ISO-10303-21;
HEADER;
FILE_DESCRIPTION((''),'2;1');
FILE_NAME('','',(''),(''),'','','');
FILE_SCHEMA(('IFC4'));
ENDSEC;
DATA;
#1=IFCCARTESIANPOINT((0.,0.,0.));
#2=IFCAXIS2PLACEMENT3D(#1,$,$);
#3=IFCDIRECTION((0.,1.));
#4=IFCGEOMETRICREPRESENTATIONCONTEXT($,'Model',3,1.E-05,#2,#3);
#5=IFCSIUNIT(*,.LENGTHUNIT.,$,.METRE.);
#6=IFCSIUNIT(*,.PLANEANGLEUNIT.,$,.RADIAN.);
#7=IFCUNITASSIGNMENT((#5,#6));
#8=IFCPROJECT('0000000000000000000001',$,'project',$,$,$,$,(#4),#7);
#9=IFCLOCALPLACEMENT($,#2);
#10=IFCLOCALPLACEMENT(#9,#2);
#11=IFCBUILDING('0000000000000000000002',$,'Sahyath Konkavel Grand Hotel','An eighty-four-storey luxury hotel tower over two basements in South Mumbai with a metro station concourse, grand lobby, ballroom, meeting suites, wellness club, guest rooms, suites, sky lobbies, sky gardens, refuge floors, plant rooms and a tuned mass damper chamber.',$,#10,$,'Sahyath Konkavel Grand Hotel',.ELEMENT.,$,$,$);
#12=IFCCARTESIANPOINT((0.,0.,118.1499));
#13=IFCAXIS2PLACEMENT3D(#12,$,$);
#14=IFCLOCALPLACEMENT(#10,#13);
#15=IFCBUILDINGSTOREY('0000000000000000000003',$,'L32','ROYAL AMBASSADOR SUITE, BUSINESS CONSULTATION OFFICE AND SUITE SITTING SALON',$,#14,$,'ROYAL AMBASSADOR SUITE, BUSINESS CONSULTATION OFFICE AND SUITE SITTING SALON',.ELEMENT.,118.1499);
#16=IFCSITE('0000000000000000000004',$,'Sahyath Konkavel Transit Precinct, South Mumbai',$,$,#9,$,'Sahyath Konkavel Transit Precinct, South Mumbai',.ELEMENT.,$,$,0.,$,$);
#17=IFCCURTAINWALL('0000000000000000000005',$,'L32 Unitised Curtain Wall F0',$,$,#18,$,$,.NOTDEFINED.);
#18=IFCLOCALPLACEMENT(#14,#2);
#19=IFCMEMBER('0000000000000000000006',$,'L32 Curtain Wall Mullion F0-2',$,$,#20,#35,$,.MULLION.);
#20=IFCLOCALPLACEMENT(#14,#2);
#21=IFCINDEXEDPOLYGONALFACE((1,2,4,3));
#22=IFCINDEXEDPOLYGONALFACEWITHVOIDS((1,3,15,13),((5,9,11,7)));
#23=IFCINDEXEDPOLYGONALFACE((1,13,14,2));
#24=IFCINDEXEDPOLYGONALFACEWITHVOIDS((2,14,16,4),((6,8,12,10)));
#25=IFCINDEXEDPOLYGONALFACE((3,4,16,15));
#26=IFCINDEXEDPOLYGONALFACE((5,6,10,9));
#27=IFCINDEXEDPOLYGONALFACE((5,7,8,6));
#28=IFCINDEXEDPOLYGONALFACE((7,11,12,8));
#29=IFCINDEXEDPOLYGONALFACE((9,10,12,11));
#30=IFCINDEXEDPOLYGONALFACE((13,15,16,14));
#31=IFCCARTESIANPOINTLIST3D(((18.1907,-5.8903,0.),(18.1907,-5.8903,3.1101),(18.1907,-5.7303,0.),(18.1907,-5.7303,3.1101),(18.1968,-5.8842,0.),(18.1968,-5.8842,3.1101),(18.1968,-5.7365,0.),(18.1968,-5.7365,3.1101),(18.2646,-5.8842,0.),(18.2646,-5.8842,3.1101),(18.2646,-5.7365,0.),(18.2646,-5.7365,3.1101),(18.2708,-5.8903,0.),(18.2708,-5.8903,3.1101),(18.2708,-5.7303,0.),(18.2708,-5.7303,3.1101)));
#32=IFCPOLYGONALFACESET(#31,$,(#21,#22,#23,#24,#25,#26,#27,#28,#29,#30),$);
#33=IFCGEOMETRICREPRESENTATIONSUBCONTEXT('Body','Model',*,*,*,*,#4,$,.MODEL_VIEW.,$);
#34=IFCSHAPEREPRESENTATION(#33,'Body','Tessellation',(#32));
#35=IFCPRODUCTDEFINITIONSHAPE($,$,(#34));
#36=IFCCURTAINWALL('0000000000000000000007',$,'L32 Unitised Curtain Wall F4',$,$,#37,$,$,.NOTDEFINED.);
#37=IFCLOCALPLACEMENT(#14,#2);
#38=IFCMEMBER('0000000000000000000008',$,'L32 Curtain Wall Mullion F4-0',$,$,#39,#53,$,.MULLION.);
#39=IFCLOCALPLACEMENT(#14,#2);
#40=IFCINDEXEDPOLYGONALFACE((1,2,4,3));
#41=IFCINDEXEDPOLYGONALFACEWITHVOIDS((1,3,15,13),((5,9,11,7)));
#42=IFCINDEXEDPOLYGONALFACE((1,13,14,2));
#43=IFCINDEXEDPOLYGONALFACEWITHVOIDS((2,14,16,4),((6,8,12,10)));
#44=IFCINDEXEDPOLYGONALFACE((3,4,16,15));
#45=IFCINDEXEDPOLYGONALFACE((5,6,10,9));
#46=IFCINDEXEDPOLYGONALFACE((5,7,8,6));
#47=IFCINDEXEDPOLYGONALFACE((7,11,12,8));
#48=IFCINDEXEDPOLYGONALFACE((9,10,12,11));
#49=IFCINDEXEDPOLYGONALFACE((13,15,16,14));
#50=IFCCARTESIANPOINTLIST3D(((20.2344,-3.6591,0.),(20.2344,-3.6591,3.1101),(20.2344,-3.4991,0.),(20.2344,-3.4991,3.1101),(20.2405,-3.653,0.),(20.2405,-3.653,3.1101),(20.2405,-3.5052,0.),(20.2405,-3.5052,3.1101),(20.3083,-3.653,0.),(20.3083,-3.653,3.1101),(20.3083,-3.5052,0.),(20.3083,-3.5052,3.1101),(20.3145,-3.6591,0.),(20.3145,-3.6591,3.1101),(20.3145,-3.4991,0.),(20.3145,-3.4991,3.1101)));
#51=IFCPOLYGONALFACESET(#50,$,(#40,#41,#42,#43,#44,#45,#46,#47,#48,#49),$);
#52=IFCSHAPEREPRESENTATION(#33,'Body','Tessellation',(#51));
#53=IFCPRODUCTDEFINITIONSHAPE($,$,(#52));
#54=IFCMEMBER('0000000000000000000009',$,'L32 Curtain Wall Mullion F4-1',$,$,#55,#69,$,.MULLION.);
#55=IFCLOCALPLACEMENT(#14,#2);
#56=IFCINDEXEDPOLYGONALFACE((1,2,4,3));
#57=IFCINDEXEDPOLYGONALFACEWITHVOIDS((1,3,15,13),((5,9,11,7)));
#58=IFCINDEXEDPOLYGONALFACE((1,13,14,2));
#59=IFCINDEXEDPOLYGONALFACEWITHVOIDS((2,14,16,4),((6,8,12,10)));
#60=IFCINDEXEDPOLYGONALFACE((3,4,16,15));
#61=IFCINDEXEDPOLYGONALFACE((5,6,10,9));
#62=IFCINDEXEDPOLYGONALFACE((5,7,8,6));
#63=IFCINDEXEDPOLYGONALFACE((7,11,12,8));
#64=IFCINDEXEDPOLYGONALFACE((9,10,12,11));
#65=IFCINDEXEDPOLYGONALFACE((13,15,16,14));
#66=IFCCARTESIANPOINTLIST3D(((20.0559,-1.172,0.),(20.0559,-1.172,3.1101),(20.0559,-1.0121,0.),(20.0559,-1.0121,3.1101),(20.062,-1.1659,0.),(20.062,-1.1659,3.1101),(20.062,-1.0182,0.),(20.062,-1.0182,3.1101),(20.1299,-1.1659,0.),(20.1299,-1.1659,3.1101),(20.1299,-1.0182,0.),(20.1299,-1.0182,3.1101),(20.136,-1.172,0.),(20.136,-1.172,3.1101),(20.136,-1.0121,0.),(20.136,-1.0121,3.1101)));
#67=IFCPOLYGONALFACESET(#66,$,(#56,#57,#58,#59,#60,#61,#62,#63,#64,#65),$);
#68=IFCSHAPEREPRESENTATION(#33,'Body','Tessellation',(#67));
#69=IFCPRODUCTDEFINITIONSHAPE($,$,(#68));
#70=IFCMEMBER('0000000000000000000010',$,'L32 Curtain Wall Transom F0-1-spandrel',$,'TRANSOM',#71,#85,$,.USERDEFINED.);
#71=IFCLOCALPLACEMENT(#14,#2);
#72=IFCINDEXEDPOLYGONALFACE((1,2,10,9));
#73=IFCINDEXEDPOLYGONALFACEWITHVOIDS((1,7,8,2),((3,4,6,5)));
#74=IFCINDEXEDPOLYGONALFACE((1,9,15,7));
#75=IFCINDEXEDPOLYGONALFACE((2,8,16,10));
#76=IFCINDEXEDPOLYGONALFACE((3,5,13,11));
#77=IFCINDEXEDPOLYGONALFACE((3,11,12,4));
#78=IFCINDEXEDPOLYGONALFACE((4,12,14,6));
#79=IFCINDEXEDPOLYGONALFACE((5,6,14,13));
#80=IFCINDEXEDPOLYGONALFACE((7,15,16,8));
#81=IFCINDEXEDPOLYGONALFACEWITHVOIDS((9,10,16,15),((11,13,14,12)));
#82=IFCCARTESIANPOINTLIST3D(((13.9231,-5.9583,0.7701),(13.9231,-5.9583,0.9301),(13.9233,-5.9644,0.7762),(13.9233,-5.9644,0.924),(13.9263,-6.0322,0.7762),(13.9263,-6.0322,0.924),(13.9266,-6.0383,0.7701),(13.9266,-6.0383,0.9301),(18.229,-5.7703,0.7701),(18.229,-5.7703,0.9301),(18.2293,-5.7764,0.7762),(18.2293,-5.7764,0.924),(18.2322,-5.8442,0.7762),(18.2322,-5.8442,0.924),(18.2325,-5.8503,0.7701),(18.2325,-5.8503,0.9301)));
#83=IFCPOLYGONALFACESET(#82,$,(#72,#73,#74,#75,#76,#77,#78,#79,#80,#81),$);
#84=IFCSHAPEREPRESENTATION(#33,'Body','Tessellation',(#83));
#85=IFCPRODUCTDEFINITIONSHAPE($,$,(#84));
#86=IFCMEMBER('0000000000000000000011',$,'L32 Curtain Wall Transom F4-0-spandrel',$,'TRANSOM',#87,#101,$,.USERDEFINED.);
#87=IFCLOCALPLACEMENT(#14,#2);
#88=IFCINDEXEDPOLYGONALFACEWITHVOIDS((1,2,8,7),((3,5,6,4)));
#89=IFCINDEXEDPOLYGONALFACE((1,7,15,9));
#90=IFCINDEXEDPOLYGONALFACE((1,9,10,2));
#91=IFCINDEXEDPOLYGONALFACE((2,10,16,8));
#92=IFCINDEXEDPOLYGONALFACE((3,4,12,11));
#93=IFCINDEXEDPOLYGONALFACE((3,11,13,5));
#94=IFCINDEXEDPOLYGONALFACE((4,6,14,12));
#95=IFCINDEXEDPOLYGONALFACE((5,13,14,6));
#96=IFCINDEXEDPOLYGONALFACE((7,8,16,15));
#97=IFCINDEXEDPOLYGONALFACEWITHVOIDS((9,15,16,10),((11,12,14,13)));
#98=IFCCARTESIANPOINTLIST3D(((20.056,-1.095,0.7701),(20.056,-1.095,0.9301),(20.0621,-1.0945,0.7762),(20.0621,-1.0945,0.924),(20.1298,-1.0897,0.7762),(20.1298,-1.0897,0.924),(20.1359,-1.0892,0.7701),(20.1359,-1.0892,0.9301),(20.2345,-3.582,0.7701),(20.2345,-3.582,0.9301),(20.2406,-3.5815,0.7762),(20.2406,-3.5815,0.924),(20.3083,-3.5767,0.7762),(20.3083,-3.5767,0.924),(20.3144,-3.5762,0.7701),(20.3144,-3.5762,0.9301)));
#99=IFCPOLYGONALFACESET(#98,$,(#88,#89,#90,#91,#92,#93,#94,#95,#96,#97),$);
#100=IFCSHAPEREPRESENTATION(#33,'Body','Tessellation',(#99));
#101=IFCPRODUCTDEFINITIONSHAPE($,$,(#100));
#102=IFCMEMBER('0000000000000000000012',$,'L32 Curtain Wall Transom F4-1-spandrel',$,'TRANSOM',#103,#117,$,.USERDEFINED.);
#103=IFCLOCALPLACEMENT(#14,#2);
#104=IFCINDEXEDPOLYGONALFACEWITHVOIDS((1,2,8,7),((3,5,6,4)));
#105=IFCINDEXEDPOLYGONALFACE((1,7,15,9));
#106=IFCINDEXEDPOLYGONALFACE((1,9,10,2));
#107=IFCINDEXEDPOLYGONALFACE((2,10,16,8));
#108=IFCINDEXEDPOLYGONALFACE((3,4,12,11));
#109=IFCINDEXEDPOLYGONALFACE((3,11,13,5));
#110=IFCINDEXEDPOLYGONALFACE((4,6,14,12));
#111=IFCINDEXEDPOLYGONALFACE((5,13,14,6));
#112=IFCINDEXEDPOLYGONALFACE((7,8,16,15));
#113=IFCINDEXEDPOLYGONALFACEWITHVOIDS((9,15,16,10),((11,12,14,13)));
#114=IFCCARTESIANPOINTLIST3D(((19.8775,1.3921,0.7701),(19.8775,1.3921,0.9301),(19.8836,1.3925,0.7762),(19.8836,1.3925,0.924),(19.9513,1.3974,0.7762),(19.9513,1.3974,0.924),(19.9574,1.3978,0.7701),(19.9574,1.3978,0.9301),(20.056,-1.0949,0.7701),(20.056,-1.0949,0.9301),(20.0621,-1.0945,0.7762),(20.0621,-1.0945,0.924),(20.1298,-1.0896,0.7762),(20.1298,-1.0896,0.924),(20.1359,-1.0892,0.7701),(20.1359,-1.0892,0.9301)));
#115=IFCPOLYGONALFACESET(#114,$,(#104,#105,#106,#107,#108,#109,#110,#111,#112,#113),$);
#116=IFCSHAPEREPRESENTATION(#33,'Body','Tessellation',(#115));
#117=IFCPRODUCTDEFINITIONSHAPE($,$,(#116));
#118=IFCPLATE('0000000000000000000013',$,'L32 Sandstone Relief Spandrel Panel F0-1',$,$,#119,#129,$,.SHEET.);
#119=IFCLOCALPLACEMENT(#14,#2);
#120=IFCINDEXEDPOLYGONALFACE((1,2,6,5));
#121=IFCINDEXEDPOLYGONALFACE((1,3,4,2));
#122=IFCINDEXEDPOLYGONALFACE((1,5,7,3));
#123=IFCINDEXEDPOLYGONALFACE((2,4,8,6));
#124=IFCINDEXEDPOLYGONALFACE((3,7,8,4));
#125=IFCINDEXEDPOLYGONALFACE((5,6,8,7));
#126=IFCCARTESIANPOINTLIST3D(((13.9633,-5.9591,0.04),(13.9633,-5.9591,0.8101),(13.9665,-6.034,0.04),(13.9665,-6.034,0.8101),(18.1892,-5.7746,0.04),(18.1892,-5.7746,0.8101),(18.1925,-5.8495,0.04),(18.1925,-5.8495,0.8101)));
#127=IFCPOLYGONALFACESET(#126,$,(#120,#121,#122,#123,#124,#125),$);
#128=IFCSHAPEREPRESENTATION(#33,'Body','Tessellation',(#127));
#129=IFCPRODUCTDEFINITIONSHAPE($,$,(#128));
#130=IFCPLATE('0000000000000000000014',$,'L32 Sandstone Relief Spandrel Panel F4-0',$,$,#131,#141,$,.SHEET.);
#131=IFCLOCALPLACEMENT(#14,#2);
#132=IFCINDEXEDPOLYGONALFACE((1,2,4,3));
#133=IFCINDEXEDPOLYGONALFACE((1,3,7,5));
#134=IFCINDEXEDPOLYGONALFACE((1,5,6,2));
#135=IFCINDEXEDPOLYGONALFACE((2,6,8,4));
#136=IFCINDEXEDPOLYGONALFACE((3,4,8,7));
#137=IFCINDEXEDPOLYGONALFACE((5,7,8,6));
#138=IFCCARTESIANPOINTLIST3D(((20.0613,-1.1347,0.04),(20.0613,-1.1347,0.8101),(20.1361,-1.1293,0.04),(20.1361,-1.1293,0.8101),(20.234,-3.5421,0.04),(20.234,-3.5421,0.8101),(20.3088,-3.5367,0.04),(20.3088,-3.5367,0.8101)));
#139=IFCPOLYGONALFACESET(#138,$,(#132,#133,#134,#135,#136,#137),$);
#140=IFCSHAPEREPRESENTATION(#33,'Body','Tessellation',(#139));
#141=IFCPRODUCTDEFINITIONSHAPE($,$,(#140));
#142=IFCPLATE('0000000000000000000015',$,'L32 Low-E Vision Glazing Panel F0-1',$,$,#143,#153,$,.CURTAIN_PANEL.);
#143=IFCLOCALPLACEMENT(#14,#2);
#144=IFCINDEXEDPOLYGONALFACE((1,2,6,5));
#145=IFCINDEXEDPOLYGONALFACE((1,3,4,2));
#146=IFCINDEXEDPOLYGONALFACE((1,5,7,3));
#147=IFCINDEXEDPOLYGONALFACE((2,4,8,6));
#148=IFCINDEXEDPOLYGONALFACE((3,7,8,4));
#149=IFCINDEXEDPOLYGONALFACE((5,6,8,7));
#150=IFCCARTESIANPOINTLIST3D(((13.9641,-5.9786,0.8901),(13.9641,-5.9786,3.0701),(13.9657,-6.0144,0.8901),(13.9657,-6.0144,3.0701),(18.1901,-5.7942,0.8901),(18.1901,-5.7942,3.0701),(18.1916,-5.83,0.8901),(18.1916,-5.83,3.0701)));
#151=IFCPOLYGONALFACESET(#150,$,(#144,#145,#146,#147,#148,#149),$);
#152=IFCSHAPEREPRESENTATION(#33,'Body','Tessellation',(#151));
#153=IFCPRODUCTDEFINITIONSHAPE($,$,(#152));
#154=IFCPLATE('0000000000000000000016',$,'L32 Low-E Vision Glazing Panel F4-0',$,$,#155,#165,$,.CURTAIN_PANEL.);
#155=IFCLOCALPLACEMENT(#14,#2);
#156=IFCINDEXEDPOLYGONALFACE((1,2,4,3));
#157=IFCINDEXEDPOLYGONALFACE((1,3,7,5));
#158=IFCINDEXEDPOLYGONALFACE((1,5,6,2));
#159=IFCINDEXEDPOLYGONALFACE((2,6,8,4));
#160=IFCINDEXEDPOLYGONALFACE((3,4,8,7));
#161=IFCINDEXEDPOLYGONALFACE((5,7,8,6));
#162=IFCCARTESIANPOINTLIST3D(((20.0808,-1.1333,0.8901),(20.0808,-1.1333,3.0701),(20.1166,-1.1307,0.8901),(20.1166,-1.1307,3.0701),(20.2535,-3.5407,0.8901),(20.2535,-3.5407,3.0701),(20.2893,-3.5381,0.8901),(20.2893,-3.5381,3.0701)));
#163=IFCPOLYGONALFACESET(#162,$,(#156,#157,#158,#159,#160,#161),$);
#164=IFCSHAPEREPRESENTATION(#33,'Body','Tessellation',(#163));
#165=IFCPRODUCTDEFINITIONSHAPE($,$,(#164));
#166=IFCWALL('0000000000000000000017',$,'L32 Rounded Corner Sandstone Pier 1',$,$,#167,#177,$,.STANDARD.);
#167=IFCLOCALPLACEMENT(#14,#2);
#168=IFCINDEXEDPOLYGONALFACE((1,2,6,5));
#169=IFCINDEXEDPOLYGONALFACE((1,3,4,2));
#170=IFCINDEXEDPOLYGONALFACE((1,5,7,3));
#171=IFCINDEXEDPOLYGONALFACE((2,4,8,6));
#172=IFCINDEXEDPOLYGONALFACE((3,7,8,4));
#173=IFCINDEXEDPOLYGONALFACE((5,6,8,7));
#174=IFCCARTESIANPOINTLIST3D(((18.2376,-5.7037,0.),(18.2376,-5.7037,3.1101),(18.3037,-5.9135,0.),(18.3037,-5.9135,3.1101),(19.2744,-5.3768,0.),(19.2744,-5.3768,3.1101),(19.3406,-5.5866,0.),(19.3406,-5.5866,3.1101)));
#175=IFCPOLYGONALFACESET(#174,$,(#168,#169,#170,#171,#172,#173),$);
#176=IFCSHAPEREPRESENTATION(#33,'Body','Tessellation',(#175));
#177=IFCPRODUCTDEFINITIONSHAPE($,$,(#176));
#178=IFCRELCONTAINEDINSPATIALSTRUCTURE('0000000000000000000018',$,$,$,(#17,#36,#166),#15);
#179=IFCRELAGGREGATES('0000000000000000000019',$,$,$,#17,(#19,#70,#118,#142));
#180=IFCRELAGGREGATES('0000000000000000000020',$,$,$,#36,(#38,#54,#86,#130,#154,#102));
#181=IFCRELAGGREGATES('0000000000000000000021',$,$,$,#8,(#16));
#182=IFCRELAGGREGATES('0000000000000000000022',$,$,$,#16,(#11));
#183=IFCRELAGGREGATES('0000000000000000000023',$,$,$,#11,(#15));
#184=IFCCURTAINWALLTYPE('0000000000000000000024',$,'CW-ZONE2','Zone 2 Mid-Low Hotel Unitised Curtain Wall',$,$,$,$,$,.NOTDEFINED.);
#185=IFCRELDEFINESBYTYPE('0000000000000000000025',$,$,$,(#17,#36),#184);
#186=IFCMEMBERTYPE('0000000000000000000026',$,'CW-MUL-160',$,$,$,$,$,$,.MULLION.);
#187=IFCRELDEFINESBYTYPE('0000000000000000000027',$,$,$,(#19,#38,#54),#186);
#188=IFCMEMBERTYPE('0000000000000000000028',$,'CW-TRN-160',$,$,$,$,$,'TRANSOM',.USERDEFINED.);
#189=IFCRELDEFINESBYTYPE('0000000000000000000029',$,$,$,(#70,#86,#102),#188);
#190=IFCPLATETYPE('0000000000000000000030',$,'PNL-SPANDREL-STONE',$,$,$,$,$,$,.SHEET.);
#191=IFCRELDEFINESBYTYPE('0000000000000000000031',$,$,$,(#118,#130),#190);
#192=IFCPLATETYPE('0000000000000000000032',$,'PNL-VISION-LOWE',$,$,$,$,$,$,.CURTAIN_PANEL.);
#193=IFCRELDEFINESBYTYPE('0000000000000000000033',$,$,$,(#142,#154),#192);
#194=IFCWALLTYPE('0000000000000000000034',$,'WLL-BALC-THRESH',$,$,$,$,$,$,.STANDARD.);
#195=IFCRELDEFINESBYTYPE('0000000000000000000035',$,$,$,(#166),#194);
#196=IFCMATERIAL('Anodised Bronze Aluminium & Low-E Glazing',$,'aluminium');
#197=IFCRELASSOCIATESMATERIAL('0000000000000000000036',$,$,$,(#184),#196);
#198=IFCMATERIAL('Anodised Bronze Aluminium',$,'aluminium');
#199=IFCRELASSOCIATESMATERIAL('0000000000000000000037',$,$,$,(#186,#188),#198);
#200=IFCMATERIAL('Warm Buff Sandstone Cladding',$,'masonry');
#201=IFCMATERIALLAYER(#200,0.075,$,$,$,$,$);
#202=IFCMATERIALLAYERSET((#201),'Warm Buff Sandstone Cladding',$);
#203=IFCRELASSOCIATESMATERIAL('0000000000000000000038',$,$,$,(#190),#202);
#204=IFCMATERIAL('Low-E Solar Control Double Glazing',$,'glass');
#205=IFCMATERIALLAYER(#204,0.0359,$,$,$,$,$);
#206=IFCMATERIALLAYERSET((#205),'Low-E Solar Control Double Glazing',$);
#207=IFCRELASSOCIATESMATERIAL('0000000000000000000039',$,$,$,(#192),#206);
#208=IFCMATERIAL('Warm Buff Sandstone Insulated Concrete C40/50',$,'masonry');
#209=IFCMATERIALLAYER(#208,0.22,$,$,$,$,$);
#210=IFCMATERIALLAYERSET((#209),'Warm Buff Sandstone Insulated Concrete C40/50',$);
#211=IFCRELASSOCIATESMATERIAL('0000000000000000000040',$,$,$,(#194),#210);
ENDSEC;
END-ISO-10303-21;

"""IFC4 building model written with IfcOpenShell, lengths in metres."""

from ifc_helpers import new_model, si_unit, direction, frame, frame_2d, origin, origin_2d, place, context, subcontext, project, spatial, rectangle, hollow_rectangle, extrude, source, transform, mapped, material, layer, layer_set, material_profile, profile_set, type_object, element, aggregate, save


model = new_model("IFC4")

# Units and contexts
model_context = context("Model", 3, precision=1e-05, world=origin(), true_north=direction((0.0, 1.0)))
body_context = subcontext(model_context, "Body", "Model", "MODEL_VIEW")
ifc_project = project(units=[si_unit("LENGTHUNIT", "METRE"), si_unit("PLANEANGLEUNIT", "RADIAN")], contexts=[model_context])

# Site, building, storey
site_placement = place(None, origin())
site = spatial("IfcSite", under=ifc_project, at=site_placement, Name="Sahyath Konkavel Transit Precinct, South Mumbai", LongName="Sahyath Konkavel Transit Precinct, South Mumbai", CompositionType="ELEMENT", RefElevation=0.0)
building_placement = place(site_placement, origin())
building = spatial("IfcBuilding", under=site, at=building_placement, Name="Sahyath Konkavel Grand Hotel", Description="An eighty-four-storey luxury hotel tower over two basements in South Mumbai with a metro station concourse, grand lobby, ballroom, meeting suites, wellness club, guest rooms, suites, sky lobbies, sky gardens, refuge floors, plant rooms and a tuned mass damper chamber.", LongName="Sahyath Konkavel Grand Hotel", CompositionType="ELEMENT")
storey_placement = place(building_placement, frame((0.0, 0.0, 118.1499)))
storey = spatial("IfcBuildingStorey", under=building, at=storey_placement, Name="L32", Description="ROYAL AMBASSADOR SUITE, BUSINESS CONSULTATION OFFICE AND SUITE SITTING SALON", LongName="ROYAL AMBASSADOR SUITE, BUSINESS CONSULTATION OFFICE AND SUITE SITTING SALON", CompositionType="ELEMENT", Elevation=118.1499)

# Curtain walls, members
ifc_material_1 = material(Name="Anodised Bronze Aluminium & Low-E Glazing", Category="aluminium")
curtain_wall_type = type_object("IfcCurtainWallType", Name="CW-ZONE2", Description="Zone 2 Mid-Low Hotel Unitised Curtain Wall", PredefinedType="NOTDEFINED", material=ifc_material_1)
curtain_wall_1_placement = place(storey_placement, origin())
curtain_wall_1 = element("IfcCurtainWall", 1, at=curtain_wall_1_placement, inside=storey, type_object=curtain_wall_type, Name="L32 Unitised Curtain Wall F0", PredefinedType="NOTDEFINED")
ifc_material_2 = material(Name="Anodised Bronze Aluminium", Category="aluminium")
ifc_material_profile_1 = material_profile(ifc_material_2, hollow_rectangle(XDim=0.0801, YDim=0.1599, WallThickness=0.0061, at=origin_2d()), Name="RHS 160x80x6")
ifc_profile_set_1 = profile_set([ifc_material_profile_1], Name="Anodised Bronze Aluminium")
member_type_1 = type_object("IfcMemberType", Name="CW-MUL-160", PredefinedType="MULLION", material=ifc_profile_set_1)
shared_shape_1 = source(origin(), body_context, "Body", "SweptSolid", [
    extrude(hollow_rectangle(XDim=0.0801, YDim=0.1599, WallThickness=0.0061, at=origin_2d()), origin(), (0.0, 0.0, 1.0), 3.1101),
])
member_1_placement = place(storey_placement, frame((18.2307, -5.8103, 0.0), z_axis=(0.0, 0.0, 1.0), x_axis=(1.0, 0.0, 0.0)))
member_1 = element("IfcMember", 2, at=member_1_placement, type_object=member_type_1, Name="L32 Curtain Wall Mullion F0-2", PredefinedType="MULLION", context=body_context, shape_type="MappedRepresentation", body=[
    mapped(shared_shape_1, transform((0.0, 0.0, 0.0), scale=1.0)),
])
curtain_wall_2_placement = place(storey_placement, origin())
curtain_wall_2 = element("IfcCurtainWall", 3, at=curtain_wall_2_placement, inside=storey, type_object=curtain_wall_type, Name="L32 Unitised Curtain Wall F4", PredefinedType="NOTDEFINED")
member_2_placement = place(storey_placement, frame((20.2744, -3.5791, 0.0), z_axis=(0.0, 0.0, 1.0), x_axis=(1.0, 0.0, 0.0)))
member_2 = element("IfcMember", 4, at=member_2_placement, type_object=member_type_1, Name="L32 Curtain Wall Mullion F4-0", PredefinedType="MULLION", context=body_context, shape_type="MappedRepresentation", body=[
    mapped(shared_shape_1, transform((0.0, 0.0, 0.0), scale=1.0)),
])
member_3_placement = place(storey_placement, frame((20.0959, -1.092, 0.0), z_axis=(0.0, 0.0, 1.0), x_axis=(1.0, 0.0, 0.0)))
member_3 = element("IfcMember", 5, at=member_3_placement, type_object=member_type_1, Name="L32 Curtain Wall Mullion F4-1", PredefinedType="MULLION", context=body_context, shape_type="MappedRepresentation", body=[
    mapped(shared_shape_1, transform((0.0, 0.0, 0.0), scale=1.0)),
])

# Members
ifc_material_profile_2 = material_profile(ifc_material_2, hollow_rectangle(XDim=0.0801, YDim=0.1599, WallThickness=0.0061, at=origin_2d()), Name="RHS 160x80x6")
ifc_profile_set_2 = profile_set([ifc_material_profile_2], Name="Anodised Bronze Aluminium")
member_type_2 = type_object("IfcMemberType", Name="CW-TRN-160", ElementType="TRANSOM", PredefinedType="USERDEFINED", material=ifc_profile_set_2)
shared_shape_2 = source(origin(), body_context, "Body", "SweptSolid", [
    extrude(hollow_rectangle(XDim=0.0801, YDim=0.1599, WallThickness=0.0061, at=origin_2d()), origin(), (0.0, 0.0, 1.0), 4.3101),
])
member_4_placement = place(storey_placement, frame((13.9248, -5.9983, 0.8501), z_axis=(0.999048, 0.043617, 0.0), x_axis=(-0.043617, 0.999048, 0.0)))
member_4 = element("IfcMember", 6, at=member_4_placement, type_object=member_type_2, Name="L32 Curtain Wall Transom F0-1-spandrel", ObjectType="TRANSOM", PredefinedType="USERDEFINED", context=body_context, shape_type="MappedRepresentation", body=[
    mapped(shared_shape_2, transform((0.0, 0.0, 0.0), scale=1.0)),
])
shared_shape_3 = source(origin(), body_context, "Body", "SweptSolid", [
    extrude(hollow_rectangle(XDim=0.0801, YDim=0.1599, WallThickness=0.0061, at=origin_2d()), origin(), (0.0, 0.0, 1.0), 2.4934),
])
member_5_placement = place(storey_placement, frame((20.2744, -3.5791, 0.8501), z_axis=(-0.071574, 0.997435, 0.0), x_axis=(-0.997435, -0.071574, 0.0)))
member_5 = element("IfcMember", 7, at=member_5_placement, type_object=member_type_2, Name="L32 Curtain Wall Transom F4-0-spandrel", ObjectType="TRANSOM", PredefinedType="USERDEFINED", context=body_context, shape_type="MappedRepresentation", body=[
    mapped(shared_shape_3, transform((0.0, 0.0, 0.0), scale=1.0)),
])
member_6_placement = place(storey_placement, frame((20.0959, -1.092, 0.8501), z_axis=(-0.071574, 0.997435, 0.0), x_axis=(-0.997435, -0.071574, 0.0)))
member_6 = element("IfcMember", 8, at=member_6_placement, type_object=member_type_2, Name="L32 Curtain Wall Transom F4-1-spandrel", ObjectType="TRANSOM", PredefinedType="USERDEFINED", context=body_context, shape_type="MappedRepresentation", body=[
    mapped(shared_shape_3, transform((0.0, 0.0, 0.0), scale=1.0)),
])

# Plates
ifc_material_3 = material(Name="Warm Buff Sandstone Cladding", Category="masonry")
ifc_layer_1 = layer(ifc_material_3, 0.075)
ifc_layer_set_1 = layer_set([ifc_layer_1], Name="Warm Buff Sandstone Cladding")
plate_type_1 = type_object("IfcPlateType", Name="PNL-SPANDREL-STONE", PredefinedType="SHEET", material=ifc_layer_set_1)
shared_shape_4 = source(origin(), body_context, "Body", "SweptSolid", [
    extrude(rectangle(XDim=4.23, YDim=0.075, at=origin_2d()), origin(), (0.0, 0.0, 1.0), 0.77),
])
plate_1_placement = place(storey_placement, frame((16.0779, -5.9043, 0.04), z_axis=(0.0, 0.0, 1.0), x_axis=(0.999049, 0.043602, 0.0)))
plate_1 = element("IfcPlate", 9, at=plate_1_placement, type_object=plate_type_1, Name="L32 Sandstone Relief Spandrel Panel F0-1", PredefinedType="SHEET", context=body_context, shape_type="MappedRepresentation", body=[
    mapped(shared_shape_4, transform((0.0, 0.0, 0.0), scale=1.0)),
])
shared_shape_5 = source(origin(), body_context, "Body", "SweptSolid", [
    extrude(rectangle(XDim=2.4136, YDim=0.075, at=origin_2d()), origin(), (0.0, 0.0, 1.0), 0.77),
])
plate_2_placement = place(storey_placement, frame((20.1851, -2.3357, 0.04), z_axis=(0.0, 0.0, 1.0), x_axis=(-0.071567, 0.997436, 0.0)))
plate_2 = element("IfcPlate", 10, at=plate_2_placement, type_object=plate_type_1, Name="L32 Sandstone Relief Spandrel Panel F4-0", PredefinedType="SHEET", context=body_context, shape_type="MappedRepresentation", body=[
    mapped(shared_shape_5, transform((0.0, 0.0, 0.0), scale=1.0)),
])
ifc_material_4 = material(Name="Low-E Solar Control Double Glazing", Category="glass")
ifc_layer_2 = layer(ifc_material_4, 0.0359)
ifc_layer_set_2 = layer_set([ifc_layer_2], Name="Low-E Solar Control Double Glazing")
plate_type_2 = type_object("IfcPlateType", Name="PNL-VISION-LOWE", PredefinedType="CURTAIN_PANEL", material=ifc_layer_set_2)
shared_shape_6 = source(origin(), body_context, "Body", "SweptSolid", [
    extrude(rectangle(XDim=4.23, YDim=0.0359, at=origin_2d()), origin(), (0.0, 0.0, 1.0), 2.1799),
])
plate_3_placement = place(storey_placement, frame((16.0779, -5.9043, 0.8901), z_axis=(0.0, 0.0, 1.0), x_axis=(0.999049, 0.043602, 0.0)))
plate_3 = element("IfcPlate", 11, at=plate_3_placement, type_object=plate_type_2, Name="L32 Low-E Vision Glazing Panel F0-1", PredefinedType="CURTAIN_PANEL", context=body_context, shape_type="MappedRepresentation", body=[
    mapped(shared_shape_6, transform((0.0, 0.0, 0.0), scale=1.0)),
])
aggregate(curtain_wall_1, [member_1, member_4, plate_1, plate_3])
shared_shape_7 = source(origin(), body_context, "Body", "SweptSolid", [
    extrude(rectangle(XDim=2.4136, YDim=0.0359, at=origin_2d()), origin(), (0.0, 0.0, 1.0), 2.1799),
])
plate_4_placement = place(storey_placement, frame((20.1851, -2.3357, 0.8901), z_axis=(0.0, 0.0, 1.0), x_axis=(-0.071567, 0.997436, 0.0)))
plate_4 = element("IfcPlate", 12, at=plate_4_placement, type_object=plate_type_2, Name="L32 Low-E Vision Glazing Panel F4-0", PredefinedType="CURTAIN_PANEL", context=body_context, shape_type="MappedRepresentation", body=[
    mapped(shared_shape_7, transform((0.0, 0.0, 0.0), scale=1.0)),
])
aggregate(curtain_wall_2, [member_2, member_3, member_5, plate_2, plate_4, member_6])

# Wall
ifc_material_5 = material(Name="Warm Buff Sandstone Insulated Concrete C40/50", Category="masonry")
ifc_layer_3 = layer(ifc_material_5, 0.22)
ifc_layer_set_3 = layer_set([ifc_layer_3], Name="Warm Buff Sandstone Insulated Concrete C40/50")
wall_type_1 = type_object("IfcWallType", Name="WLL-BALC-THRESH", PredefinedType="STANDARD", material=ifc_layer_set_3)
for number, where, z_axis, x_axis, name in (
    (13, (18.2708, -5.8086, 0.0), (0.0, 0.0, 1.0), (0.953722, 0.300691, 0.0), "L32 Rounded Corner Sandstone Pier 1"),
):
    element("IfcWall", number, at=place(storey_placement, frame(where, z_axis=z_axis, x_axis=x_axis)), inside=storey, type_object=wall_type_1, Name=name, PredefinedType="STANDARD", context=body_context, shape_type="SweptSolid", body=[
        extrude(rectangle(XDim=1.0872, YDim=0.22, at=frame_2d((0.5435, 0.0))), origin(), (0.0, 0.0, 1.0), 3.1101),
    ])

save(model, "model.ifc")
